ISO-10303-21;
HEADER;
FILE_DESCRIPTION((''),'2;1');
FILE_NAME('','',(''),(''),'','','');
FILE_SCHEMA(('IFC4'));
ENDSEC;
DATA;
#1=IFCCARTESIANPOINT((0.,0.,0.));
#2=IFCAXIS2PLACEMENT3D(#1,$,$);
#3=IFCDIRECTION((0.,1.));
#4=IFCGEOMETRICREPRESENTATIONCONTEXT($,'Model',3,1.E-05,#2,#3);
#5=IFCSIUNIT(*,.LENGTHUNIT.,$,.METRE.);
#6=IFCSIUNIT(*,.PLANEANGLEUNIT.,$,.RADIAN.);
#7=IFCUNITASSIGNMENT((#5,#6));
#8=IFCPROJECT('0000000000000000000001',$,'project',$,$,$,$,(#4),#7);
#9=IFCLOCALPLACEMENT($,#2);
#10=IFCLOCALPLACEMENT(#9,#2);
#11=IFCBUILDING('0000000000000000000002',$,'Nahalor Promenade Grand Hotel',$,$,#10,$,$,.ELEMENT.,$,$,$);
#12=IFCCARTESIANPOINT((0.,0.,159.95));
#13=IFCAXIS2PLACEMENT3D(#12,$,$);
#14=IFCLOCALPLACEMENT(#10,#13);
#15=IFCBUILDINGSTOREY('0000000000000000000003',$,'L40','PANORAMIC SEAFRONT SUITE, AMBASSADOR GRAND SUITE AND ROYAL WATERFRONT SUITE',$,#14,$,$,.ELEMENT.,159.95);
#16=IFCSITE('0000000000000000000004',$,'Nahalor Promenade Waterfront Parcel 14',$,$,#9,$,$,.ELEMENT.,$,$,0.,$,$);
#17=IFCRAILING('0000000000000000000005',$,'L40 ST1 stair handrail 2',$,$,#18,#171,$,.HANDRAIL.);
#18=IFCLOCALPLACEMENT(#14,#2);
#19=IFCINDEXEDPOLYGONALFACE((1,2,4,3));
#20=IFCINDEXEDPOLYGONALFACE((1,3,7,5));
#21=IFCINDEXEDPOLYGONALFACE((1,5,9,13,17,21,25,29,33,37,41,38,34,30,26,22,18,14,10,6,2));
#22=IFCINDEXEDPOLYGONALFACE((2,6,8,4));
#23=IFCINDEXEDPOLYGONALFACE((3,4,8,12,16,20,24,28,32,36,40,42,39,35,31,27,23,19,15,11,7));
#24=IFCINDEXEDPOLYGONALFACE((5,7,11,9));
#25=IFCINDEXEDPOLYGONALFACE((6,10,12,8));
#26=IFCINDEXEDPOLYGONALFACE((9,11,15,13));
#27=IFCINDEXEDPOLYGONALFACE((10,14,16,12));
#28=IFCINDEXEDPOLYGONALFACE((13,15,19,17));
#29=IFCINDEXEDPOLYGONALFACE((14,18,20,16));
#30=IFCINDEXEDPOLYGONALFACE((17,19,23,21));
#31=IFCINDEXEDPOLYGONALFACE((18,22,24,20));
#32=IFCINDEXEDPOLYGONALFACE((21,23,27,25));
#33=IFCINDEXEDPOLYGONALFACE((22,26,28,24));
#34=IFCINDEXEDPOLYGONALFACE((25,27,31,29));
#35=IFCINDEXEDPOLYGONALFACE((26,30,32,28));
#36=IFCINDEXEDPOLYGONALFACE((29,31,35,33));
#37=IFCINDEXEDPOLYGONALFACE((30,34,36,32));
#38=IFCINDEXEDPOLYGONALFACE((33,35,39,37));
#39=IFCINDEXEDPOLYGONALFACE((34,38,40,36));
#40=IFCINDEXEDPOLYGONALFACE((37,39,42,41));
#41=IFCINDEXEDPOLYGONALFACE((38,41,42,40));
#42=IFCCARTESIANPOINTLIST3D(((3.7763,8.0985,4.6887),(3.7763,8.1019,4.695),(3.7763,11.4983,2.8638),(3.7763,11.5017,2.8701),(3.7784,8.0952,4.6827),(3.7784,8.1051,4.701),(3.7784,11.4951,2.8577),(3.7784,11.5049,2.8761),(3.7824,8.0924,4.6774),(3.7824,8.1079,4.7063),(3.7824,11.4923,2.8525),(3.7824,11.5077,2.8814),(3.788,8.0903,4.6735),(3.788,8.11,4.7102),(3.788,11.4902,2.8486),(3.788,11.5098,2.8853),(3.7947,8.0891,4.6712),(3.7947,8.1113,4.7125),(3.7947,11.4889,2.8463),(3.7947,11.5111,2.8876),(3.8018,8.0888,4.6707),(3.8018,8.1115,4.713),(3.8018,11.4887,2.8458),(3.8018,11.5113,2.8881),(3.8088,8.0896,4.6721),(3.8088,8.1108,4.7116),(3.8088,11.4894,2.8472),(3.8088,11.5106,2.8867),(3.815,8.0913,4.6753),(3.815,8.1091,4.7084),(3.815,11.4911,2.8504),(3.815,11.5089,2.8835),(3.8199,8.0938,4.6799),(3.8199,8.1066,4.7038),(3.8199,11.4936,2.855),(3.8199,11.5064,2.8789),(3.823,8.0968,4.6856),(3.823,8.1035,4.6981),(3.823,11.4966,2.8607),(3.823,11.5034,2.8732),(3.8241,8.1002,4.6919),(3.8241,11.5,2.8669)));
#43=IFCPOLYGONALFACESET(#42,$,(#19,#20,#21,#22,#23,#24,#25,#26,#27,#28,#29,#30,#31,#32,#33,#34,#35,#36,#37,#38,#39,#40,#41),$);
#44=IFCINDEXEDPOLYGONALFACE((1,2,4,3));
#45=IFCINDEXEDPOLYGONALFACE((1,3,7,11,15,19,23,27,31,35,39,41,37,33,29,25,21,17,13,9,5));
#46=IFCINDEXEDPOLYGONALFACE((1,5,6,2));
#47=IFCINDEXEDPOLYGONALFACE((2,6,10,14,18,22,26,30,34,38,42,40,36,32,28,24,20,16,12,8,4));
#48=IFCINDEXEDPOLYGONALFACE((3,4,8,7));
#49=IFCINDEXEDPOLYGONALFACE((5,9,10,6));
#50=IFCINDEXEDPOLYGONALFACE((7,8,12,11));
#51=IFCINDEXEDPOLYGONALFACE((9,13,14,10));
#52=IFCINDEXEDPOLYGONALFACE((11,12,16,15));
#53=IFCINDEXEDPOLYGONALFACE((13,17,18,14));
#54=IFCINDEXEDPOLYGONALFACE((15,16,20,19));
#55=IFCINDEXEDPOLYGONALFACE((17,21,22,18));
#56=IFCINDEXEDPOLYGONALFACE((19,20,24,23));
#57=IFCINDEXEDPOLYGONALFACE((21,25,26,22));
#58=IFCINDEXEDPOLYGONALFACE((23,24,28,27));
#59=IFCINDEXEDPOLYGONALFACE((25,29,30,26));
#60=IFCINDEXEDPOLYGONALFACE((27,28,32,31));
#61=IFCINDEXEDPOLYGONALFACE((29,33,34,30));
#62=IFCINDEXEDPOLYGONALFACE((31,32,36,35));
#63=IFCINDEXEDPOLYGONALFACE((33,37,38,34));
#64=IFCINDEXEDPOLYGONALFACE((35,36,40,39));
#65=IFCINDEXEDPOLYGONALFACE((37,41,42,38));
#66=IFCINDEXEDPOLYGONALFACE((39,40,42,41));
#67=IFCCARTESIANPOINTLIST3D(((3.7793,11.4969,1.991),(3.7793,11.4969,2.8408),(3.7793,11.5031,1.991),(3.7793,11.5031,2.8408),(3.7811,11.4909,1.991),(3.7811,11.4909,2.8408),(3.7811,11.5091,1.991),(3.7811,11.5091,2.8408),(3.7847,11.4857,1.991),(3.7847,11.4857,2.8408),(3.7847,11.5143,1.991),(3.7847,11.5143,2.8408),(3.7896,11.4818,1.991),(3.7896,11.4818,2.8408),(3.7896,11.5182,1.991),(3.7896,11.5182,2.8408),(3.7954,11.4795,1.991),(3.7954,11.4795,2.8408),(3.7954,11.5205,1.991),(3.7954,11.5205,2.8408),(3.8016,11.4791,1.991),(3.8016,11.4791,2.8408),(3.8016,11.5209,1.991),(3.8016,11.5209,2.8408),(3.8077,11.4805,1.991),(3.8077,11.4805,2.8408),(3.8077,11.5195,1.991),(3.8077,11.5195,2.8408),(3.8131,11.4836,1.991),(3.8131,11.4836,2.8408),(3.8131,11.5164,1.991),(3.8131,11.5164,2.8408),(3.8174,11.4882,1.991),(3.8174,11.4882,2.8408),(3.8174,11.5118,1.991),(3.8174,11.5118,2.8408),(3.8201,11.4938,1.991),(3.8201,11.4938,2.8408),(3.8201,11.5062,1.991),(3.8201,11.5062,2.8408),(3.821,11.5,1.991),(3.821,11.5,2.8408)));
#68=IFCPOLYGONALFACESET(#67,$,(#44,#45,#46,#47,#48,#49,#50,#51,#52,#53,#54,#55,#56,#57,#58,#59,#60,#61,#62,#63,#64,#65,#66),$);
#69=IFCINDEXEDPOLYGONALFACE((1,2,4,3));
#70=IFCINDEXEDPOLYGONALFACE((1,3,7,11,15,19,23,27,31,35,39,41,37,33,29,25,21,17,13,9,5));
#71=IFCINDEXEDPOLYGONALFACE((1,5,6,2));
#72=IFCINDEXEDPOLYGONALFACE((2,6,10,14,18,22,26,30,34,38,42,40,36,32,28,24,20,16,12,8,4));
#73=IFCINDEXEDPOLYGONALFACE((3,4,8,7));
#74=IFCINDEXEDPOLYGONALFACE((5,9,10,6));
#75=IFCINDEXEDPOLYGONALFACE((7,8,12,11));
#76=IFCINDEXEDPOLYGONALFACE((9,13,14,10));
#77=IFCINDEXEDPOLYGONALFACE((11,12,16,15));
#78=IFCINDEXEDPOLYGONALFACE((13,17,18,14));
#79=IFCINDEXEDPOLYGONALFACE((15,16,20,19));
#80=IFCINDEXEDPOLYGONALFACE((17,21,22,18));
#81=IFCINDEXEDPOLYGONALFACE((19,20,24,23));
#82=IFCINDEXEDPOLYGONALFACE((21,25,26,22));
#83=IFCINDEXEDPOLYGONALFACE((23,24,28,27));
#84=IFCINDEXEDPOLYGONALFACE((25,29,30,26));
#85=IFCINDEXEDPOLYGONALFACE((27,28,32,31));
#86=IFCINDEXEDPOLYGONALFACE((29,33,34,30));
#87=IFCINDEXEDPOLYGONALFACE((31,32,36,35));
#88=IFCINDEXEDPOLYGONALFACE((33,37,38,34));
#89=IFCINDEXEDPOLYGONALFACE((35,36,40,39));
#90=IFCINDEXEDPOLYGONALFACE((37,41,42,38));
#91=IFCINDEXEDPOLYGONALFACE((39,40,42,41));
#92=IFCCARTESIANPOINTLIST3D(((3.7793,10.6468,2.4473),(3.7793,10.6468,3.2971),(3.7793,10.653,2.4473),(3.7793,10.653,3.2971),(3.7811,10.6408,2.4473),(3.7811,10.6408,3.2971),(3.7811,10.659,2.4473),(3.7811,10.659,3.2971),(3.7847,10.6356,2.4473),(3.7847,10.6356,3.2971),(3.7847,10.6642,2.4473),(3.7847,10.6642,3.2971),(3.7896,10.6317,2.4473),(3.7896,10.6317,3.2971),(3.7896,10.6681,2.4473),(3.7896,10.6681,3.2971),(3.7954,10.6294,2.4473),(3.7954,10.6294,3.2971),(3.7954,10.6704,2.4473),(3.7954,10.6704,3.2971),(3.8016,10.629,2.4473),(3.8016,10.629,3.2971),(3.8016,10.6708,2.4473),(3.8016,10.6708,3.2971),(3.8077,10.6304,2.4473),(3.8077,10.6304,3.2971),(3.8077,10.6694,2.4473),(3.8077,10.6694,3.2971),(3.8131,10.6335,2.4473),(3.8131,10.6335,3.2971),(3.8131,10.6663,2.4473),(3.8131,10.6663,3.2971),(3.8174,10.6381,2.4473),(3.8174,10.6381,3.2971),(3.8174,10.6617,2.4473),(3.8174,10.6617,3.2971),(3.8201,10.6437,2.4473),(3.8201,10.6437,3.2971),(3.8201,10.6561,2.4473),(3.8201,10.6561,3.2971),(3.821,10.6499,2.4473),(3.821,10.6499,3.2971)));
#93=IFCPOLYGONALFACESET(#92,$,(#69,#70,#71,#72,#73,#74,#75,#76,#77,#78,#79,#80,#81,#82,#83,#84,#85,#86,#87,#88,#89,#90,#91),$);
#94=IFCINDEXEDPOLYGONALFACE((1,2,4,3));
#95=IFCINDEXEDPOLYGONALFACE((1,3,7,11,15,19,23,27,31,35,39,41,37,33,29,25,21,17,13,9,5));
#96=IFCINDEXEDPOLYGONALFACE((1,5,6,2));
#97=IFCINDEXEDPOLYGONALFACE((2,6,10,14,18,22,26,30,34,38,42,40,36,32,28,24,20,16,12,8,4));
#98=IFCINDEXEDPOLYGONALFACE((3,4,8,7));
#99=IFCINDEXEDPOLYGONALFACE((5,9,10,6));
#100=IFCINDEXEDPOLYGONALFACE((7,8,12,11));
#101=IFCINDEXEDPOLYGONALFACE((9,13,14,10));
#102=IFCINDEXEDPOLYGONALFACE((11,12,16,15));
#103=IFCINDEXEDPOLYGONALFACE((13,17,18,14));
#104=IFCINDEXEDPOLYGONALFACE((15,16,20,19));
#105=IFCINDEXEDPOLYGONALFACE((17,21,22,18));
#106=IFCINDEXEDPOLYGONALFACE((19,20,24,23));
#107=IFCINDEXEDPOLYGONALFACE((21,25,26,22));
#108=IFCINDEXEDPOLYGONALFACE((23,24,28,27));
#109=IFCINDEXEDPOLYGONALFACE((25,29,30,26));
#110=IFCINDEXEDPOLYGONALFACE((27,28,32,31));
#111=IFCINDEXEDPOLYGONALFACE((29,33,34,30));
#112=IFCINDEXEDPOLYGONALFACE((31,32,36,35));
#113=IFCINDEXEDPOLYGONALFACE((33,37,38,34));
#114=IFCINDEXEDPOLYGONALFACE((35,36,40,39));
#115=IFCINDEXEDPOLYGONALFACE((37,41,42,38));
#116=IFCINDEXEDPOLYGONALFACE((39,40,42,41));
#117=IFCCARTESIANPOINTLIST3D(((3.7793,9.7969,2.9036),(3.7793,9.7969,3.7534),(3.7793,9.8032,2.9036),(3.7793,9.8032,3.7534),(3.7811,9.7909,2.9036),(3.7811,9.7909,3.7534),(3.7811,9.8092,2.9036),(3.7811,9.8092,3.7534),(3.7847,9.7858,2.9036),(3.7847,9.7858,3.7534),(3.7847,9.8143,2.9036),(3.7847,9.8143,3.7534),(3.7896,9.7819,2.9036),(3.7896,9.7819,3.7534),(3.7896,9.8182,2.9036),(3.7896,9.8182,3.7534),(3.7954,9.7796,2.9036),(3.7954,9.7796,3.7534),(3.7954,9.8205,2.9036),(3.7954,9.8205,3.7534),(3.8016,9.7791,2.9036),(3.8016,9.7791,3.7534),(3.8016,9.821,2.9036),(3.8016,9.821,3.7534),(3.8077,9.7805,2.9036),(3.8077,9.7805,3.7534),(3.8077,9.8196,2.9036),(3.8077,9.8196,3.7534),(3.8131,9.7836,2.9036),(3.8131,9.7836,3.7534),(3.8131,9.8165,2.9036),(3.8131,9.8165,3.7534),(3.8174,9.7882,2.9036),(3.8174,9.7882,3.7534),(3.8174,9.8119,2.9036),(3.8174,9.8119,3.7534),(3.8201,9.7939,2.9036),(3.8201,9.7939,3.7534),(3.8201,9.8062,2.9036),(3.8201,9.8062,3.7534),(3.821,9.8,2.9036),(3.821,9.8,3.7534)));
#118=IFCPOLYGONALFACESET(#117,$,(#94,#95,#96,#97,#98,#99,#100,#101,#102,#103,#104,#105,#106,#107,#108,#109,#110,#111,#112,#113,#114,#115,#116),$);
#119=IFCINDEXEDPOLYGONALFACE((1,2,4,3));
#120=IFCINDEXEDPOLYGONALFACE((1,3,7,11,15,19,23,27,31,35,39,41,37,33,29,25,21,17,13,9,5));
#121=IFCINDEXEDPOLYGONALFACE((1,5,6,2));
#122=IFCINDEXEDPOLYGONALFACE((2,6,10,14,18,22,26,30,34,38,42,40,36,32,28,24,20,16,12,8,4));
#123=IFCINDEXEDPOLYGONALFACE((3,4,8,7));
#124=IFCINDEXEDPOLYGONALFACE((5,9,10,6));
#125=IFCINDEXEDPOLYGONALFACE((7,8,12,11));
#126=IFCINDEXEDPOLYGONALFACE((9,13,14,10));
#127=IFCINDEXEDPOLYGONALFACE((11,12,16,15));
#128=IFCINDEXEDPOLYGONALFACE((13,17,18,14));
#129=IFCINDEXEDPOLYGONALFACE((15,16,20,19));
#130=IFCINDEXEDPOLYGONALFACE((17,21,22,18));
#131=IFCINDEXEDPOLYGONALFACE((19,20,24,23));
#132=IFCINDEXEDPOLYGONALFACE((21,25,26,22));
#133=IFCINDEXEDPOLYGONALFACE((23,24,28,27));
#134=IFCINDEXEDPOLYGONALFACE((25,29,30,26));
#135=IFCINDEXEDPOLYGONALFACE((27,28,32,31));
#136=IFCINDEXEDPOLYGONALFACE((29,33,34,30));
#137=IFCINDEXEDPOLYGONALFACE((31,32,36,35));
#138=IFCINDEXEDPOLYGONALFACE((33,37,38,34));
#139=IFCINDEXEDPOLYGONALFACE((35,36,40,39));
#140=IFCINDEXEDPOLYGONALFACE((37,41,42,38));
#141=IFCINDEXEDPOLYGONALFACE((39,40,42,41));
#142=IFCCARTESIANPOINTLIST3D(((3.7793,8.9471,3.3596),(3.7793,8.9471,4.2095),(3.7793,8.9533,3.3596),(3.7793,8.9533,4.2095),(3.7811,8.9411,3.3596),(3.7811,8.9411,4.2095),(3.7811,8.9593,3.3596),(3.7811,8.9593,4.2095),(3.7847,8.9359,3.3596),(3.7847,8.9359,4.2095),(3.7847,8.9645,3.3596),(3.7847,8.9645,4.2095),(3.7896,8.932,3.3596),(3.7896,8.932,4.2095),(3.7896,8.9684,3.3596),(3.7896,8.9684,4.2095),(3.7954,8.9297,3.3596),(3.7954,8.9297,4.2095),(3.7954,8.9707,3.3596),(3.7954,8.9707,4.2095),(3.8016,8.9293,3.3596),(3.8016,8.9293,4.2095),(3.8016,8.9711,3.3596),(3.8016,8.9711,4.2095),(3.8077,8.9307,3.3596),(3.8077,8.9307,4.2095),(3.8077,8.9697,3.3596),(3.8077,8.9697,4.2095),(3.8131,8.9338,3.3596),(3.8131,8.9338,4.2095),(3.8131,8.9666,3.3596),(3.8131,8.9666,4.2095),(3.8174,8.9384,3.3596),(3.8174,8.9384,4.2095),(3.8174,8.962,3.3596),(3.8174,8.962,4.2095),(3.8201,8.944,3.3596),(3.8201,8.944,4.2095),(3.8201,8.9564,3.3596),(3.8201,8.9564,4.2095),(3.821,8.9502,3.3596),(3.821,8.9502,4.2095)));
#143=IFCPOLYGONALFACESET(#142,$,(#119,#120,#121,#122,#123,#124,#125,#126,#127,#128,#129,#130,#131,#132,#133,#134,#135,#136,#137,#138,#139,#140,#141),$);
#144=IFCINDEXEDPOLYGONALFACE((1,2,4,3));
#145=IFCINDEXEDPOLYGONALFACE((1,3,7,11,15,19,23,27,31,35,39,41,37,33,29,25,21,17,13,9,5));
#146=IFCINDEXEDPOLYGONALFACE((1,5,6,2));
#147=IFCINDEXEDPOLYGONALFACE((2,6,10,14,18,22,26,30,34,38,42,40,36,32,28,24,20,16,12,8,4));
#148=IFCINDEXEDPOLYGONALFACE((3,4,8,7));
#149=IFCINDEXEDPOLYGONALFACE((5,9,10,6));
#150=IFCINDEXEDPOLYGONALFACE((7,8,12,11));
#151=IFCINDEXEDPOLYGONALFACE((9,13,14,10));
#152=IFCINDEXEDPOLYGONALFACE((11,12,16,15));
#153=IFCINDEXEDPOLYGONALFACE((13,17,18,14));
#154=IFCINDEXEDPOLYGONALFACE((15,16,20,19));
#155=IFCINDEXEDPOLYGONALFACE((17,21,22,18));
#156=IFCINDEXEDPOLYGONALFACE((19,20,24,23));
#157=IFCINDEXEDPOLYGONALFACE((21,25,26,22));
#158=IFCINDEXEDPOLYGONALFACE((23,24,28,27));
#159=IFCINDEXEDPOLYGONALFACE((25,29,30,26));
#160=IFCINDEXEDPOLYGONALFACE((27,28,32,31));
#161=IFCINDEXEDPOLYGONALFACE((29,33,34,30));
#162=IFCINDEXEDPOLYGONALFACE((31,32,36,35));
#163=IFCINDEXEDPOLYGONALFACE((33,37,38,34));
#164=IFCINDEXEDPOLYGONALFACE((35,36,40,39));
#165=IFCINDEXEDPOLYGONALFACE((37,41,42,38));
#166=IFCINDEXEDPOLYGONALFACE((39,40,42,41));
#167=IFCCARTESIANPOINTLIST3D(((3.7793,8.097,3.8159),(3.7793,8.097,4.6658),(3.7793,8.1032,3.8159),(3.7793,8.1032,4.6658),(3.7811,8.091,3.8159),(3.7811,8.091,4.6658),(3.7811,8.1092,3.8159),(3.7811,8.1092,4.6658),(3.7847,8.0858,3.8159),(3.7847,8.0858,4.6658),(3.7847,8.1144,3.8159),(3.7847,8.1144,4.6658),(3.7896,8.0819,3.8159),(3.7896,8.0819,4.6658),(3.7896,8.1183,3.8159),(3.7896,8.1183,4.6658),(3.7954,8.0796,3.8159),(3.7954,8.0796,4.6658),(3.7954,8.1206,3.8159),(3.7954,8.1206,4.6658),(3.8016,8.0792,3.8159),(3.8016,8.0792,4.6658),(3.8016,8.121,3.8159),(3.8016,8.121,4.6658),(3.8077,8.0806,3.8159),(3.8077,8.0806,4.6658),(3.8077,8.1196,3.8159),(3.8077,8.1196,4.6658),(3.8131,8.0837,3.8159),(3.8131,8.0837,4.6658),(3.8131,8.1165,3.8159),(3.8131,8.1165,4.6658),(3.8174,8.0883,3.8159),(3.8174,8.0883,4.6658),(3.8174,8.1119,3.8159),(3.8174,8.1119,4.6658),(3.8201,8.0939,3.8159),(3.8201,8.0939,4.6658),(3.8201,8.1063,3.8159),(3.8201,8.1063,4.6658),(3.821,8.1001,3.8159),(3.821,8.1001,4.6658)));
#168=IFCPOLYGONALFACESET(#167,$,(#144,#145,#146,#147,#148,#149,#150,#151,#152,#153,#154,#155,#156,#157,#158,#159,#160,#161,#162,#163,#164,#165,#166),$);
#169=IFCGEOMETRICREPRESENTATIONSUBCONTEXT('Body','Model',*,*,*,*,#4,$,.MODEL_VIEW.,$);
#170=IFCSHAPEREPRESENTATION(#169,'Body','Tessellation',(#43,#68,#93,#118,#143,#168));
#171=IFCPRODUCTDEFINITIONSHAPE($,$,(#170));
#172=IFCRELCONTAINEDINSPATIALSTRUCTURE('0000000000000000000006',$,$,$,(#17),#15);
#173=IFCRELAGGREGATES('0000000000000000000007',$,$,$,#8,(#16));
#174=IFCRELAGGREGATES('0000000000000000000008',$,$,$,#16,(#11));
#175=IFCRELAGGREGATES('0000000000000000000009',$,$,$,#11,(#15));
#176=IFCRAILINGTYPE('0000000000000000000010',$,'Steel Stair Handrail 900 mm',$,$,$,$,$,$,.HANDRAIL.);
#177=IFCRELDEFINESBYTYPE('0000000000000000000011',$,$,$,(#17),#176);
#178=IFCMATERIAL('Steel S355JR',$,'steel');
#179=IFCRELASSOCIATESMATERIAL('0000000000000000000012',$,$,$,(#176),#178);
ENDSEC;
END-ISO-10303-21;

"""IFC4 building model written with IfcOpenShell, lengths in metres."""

from ifc_helpers import new_model, si_unit, direction, frame, origin, origin_2d, place, context, subcontext, project, spatial, circle, extrude, material, type_object, element, save


model = new_model("IFC4")

# Units and contexts
model_context = context("Model", 3, precision=1e-05, world=origin(), true_north=direction((0.0, 1.0)))
body_context = subcontext(model_context, "Body", "Model", "MODEL_VIEW")
ifc_project = project(units=[si_unit("LENGTHUNIT", "METRE"), si_unit("PLANEANGLEUNIT", "RADIAN")], contexts=[model_context])

# Site, building, storey
site_placement = place(None, origin())
site = spatial("IfcSite", under=ifc_project, at=site_placement, Name="Nahalor Promenade Waterfront Parcel 14", CompositionType="ELEMENT", RefElevation=0.0)
building_placement = place(site_placement, origin())
building = spatial("IfcBuilding", under=site, at=building_placement, Name="Nahalor Promenade Grand Hotel", CompositionType="ELEMENT")
storey_placement = place(building_placement, frame((0.0, 0.0, 159.95)))
storey = spatial("IfcBuildingStorey", under=building, at=storey_placement, Name="L40", Description="PANORAMIC SEAFRONT SUITE, AMBASSADOR GRAND SUITE AND ROYAL WATERFRONT SUITE", CompositionType="ELEMENT", Elevation=159.95)

# Shared definitions
ifc_material_1 = material(Name="Steel S355JR", Category="steel")

# Railing
railing_type_1 = type_object("IfcRailingType", Name="Steel Stair Handrail 900 mm", PredefinedType="HANDRAIL", material=ifc_material_1)
railing_1_placement = place(storey_placement, frame((3.8, 11.5, 1.991)))
element("IfcRailing", 1, at=railing_1_placement, inside=storey, type_object=railing_type_1, Name="L40 ST1 stair handrail 2", PredefinedType="HANDRAIL", context=body_context, shape_type="SweptSolid", body=[
    extrude(circle(Radius=0.024, at=origin_2d()), frame((0.0, 0.0, 0.876), z_axis=(0.0, -0.881094, 0.472941), x_axis=(1.0, 0.0, 0.0)), (0.0, 0.0, 1.0), 3.8586),
    extrude(circle(Radius=0.021, at=origin_2d()), origin(), (0.0, 0.0, 1.0), 0.8499),
    extrude(circle(Radius=0.021, at=origin_2d()), frame((0.0, -0.8501, 0.4563)), (0.0, 0.0, 1.0), 0.8499),
    extrude(circle(Radius=0.021, at=origin_2d()), frame((0.0, -1.7, 0.9126)), (0.0, 0.0, 1.0), 0.8499),
    extrude(circle(Radius=0.021, at=origin_2d()), frame((0.0, -2.5498, 1.3687)), (0.0, 0.0, 1.0), 0.8499),
    extrude(circle(Radius=0.021, at=origin_2d()), frame((0.0, -3.3999, 1.825)), (0.0, 0.0, 1.0), 0.8499),
])

save(model, "model.ifc")
